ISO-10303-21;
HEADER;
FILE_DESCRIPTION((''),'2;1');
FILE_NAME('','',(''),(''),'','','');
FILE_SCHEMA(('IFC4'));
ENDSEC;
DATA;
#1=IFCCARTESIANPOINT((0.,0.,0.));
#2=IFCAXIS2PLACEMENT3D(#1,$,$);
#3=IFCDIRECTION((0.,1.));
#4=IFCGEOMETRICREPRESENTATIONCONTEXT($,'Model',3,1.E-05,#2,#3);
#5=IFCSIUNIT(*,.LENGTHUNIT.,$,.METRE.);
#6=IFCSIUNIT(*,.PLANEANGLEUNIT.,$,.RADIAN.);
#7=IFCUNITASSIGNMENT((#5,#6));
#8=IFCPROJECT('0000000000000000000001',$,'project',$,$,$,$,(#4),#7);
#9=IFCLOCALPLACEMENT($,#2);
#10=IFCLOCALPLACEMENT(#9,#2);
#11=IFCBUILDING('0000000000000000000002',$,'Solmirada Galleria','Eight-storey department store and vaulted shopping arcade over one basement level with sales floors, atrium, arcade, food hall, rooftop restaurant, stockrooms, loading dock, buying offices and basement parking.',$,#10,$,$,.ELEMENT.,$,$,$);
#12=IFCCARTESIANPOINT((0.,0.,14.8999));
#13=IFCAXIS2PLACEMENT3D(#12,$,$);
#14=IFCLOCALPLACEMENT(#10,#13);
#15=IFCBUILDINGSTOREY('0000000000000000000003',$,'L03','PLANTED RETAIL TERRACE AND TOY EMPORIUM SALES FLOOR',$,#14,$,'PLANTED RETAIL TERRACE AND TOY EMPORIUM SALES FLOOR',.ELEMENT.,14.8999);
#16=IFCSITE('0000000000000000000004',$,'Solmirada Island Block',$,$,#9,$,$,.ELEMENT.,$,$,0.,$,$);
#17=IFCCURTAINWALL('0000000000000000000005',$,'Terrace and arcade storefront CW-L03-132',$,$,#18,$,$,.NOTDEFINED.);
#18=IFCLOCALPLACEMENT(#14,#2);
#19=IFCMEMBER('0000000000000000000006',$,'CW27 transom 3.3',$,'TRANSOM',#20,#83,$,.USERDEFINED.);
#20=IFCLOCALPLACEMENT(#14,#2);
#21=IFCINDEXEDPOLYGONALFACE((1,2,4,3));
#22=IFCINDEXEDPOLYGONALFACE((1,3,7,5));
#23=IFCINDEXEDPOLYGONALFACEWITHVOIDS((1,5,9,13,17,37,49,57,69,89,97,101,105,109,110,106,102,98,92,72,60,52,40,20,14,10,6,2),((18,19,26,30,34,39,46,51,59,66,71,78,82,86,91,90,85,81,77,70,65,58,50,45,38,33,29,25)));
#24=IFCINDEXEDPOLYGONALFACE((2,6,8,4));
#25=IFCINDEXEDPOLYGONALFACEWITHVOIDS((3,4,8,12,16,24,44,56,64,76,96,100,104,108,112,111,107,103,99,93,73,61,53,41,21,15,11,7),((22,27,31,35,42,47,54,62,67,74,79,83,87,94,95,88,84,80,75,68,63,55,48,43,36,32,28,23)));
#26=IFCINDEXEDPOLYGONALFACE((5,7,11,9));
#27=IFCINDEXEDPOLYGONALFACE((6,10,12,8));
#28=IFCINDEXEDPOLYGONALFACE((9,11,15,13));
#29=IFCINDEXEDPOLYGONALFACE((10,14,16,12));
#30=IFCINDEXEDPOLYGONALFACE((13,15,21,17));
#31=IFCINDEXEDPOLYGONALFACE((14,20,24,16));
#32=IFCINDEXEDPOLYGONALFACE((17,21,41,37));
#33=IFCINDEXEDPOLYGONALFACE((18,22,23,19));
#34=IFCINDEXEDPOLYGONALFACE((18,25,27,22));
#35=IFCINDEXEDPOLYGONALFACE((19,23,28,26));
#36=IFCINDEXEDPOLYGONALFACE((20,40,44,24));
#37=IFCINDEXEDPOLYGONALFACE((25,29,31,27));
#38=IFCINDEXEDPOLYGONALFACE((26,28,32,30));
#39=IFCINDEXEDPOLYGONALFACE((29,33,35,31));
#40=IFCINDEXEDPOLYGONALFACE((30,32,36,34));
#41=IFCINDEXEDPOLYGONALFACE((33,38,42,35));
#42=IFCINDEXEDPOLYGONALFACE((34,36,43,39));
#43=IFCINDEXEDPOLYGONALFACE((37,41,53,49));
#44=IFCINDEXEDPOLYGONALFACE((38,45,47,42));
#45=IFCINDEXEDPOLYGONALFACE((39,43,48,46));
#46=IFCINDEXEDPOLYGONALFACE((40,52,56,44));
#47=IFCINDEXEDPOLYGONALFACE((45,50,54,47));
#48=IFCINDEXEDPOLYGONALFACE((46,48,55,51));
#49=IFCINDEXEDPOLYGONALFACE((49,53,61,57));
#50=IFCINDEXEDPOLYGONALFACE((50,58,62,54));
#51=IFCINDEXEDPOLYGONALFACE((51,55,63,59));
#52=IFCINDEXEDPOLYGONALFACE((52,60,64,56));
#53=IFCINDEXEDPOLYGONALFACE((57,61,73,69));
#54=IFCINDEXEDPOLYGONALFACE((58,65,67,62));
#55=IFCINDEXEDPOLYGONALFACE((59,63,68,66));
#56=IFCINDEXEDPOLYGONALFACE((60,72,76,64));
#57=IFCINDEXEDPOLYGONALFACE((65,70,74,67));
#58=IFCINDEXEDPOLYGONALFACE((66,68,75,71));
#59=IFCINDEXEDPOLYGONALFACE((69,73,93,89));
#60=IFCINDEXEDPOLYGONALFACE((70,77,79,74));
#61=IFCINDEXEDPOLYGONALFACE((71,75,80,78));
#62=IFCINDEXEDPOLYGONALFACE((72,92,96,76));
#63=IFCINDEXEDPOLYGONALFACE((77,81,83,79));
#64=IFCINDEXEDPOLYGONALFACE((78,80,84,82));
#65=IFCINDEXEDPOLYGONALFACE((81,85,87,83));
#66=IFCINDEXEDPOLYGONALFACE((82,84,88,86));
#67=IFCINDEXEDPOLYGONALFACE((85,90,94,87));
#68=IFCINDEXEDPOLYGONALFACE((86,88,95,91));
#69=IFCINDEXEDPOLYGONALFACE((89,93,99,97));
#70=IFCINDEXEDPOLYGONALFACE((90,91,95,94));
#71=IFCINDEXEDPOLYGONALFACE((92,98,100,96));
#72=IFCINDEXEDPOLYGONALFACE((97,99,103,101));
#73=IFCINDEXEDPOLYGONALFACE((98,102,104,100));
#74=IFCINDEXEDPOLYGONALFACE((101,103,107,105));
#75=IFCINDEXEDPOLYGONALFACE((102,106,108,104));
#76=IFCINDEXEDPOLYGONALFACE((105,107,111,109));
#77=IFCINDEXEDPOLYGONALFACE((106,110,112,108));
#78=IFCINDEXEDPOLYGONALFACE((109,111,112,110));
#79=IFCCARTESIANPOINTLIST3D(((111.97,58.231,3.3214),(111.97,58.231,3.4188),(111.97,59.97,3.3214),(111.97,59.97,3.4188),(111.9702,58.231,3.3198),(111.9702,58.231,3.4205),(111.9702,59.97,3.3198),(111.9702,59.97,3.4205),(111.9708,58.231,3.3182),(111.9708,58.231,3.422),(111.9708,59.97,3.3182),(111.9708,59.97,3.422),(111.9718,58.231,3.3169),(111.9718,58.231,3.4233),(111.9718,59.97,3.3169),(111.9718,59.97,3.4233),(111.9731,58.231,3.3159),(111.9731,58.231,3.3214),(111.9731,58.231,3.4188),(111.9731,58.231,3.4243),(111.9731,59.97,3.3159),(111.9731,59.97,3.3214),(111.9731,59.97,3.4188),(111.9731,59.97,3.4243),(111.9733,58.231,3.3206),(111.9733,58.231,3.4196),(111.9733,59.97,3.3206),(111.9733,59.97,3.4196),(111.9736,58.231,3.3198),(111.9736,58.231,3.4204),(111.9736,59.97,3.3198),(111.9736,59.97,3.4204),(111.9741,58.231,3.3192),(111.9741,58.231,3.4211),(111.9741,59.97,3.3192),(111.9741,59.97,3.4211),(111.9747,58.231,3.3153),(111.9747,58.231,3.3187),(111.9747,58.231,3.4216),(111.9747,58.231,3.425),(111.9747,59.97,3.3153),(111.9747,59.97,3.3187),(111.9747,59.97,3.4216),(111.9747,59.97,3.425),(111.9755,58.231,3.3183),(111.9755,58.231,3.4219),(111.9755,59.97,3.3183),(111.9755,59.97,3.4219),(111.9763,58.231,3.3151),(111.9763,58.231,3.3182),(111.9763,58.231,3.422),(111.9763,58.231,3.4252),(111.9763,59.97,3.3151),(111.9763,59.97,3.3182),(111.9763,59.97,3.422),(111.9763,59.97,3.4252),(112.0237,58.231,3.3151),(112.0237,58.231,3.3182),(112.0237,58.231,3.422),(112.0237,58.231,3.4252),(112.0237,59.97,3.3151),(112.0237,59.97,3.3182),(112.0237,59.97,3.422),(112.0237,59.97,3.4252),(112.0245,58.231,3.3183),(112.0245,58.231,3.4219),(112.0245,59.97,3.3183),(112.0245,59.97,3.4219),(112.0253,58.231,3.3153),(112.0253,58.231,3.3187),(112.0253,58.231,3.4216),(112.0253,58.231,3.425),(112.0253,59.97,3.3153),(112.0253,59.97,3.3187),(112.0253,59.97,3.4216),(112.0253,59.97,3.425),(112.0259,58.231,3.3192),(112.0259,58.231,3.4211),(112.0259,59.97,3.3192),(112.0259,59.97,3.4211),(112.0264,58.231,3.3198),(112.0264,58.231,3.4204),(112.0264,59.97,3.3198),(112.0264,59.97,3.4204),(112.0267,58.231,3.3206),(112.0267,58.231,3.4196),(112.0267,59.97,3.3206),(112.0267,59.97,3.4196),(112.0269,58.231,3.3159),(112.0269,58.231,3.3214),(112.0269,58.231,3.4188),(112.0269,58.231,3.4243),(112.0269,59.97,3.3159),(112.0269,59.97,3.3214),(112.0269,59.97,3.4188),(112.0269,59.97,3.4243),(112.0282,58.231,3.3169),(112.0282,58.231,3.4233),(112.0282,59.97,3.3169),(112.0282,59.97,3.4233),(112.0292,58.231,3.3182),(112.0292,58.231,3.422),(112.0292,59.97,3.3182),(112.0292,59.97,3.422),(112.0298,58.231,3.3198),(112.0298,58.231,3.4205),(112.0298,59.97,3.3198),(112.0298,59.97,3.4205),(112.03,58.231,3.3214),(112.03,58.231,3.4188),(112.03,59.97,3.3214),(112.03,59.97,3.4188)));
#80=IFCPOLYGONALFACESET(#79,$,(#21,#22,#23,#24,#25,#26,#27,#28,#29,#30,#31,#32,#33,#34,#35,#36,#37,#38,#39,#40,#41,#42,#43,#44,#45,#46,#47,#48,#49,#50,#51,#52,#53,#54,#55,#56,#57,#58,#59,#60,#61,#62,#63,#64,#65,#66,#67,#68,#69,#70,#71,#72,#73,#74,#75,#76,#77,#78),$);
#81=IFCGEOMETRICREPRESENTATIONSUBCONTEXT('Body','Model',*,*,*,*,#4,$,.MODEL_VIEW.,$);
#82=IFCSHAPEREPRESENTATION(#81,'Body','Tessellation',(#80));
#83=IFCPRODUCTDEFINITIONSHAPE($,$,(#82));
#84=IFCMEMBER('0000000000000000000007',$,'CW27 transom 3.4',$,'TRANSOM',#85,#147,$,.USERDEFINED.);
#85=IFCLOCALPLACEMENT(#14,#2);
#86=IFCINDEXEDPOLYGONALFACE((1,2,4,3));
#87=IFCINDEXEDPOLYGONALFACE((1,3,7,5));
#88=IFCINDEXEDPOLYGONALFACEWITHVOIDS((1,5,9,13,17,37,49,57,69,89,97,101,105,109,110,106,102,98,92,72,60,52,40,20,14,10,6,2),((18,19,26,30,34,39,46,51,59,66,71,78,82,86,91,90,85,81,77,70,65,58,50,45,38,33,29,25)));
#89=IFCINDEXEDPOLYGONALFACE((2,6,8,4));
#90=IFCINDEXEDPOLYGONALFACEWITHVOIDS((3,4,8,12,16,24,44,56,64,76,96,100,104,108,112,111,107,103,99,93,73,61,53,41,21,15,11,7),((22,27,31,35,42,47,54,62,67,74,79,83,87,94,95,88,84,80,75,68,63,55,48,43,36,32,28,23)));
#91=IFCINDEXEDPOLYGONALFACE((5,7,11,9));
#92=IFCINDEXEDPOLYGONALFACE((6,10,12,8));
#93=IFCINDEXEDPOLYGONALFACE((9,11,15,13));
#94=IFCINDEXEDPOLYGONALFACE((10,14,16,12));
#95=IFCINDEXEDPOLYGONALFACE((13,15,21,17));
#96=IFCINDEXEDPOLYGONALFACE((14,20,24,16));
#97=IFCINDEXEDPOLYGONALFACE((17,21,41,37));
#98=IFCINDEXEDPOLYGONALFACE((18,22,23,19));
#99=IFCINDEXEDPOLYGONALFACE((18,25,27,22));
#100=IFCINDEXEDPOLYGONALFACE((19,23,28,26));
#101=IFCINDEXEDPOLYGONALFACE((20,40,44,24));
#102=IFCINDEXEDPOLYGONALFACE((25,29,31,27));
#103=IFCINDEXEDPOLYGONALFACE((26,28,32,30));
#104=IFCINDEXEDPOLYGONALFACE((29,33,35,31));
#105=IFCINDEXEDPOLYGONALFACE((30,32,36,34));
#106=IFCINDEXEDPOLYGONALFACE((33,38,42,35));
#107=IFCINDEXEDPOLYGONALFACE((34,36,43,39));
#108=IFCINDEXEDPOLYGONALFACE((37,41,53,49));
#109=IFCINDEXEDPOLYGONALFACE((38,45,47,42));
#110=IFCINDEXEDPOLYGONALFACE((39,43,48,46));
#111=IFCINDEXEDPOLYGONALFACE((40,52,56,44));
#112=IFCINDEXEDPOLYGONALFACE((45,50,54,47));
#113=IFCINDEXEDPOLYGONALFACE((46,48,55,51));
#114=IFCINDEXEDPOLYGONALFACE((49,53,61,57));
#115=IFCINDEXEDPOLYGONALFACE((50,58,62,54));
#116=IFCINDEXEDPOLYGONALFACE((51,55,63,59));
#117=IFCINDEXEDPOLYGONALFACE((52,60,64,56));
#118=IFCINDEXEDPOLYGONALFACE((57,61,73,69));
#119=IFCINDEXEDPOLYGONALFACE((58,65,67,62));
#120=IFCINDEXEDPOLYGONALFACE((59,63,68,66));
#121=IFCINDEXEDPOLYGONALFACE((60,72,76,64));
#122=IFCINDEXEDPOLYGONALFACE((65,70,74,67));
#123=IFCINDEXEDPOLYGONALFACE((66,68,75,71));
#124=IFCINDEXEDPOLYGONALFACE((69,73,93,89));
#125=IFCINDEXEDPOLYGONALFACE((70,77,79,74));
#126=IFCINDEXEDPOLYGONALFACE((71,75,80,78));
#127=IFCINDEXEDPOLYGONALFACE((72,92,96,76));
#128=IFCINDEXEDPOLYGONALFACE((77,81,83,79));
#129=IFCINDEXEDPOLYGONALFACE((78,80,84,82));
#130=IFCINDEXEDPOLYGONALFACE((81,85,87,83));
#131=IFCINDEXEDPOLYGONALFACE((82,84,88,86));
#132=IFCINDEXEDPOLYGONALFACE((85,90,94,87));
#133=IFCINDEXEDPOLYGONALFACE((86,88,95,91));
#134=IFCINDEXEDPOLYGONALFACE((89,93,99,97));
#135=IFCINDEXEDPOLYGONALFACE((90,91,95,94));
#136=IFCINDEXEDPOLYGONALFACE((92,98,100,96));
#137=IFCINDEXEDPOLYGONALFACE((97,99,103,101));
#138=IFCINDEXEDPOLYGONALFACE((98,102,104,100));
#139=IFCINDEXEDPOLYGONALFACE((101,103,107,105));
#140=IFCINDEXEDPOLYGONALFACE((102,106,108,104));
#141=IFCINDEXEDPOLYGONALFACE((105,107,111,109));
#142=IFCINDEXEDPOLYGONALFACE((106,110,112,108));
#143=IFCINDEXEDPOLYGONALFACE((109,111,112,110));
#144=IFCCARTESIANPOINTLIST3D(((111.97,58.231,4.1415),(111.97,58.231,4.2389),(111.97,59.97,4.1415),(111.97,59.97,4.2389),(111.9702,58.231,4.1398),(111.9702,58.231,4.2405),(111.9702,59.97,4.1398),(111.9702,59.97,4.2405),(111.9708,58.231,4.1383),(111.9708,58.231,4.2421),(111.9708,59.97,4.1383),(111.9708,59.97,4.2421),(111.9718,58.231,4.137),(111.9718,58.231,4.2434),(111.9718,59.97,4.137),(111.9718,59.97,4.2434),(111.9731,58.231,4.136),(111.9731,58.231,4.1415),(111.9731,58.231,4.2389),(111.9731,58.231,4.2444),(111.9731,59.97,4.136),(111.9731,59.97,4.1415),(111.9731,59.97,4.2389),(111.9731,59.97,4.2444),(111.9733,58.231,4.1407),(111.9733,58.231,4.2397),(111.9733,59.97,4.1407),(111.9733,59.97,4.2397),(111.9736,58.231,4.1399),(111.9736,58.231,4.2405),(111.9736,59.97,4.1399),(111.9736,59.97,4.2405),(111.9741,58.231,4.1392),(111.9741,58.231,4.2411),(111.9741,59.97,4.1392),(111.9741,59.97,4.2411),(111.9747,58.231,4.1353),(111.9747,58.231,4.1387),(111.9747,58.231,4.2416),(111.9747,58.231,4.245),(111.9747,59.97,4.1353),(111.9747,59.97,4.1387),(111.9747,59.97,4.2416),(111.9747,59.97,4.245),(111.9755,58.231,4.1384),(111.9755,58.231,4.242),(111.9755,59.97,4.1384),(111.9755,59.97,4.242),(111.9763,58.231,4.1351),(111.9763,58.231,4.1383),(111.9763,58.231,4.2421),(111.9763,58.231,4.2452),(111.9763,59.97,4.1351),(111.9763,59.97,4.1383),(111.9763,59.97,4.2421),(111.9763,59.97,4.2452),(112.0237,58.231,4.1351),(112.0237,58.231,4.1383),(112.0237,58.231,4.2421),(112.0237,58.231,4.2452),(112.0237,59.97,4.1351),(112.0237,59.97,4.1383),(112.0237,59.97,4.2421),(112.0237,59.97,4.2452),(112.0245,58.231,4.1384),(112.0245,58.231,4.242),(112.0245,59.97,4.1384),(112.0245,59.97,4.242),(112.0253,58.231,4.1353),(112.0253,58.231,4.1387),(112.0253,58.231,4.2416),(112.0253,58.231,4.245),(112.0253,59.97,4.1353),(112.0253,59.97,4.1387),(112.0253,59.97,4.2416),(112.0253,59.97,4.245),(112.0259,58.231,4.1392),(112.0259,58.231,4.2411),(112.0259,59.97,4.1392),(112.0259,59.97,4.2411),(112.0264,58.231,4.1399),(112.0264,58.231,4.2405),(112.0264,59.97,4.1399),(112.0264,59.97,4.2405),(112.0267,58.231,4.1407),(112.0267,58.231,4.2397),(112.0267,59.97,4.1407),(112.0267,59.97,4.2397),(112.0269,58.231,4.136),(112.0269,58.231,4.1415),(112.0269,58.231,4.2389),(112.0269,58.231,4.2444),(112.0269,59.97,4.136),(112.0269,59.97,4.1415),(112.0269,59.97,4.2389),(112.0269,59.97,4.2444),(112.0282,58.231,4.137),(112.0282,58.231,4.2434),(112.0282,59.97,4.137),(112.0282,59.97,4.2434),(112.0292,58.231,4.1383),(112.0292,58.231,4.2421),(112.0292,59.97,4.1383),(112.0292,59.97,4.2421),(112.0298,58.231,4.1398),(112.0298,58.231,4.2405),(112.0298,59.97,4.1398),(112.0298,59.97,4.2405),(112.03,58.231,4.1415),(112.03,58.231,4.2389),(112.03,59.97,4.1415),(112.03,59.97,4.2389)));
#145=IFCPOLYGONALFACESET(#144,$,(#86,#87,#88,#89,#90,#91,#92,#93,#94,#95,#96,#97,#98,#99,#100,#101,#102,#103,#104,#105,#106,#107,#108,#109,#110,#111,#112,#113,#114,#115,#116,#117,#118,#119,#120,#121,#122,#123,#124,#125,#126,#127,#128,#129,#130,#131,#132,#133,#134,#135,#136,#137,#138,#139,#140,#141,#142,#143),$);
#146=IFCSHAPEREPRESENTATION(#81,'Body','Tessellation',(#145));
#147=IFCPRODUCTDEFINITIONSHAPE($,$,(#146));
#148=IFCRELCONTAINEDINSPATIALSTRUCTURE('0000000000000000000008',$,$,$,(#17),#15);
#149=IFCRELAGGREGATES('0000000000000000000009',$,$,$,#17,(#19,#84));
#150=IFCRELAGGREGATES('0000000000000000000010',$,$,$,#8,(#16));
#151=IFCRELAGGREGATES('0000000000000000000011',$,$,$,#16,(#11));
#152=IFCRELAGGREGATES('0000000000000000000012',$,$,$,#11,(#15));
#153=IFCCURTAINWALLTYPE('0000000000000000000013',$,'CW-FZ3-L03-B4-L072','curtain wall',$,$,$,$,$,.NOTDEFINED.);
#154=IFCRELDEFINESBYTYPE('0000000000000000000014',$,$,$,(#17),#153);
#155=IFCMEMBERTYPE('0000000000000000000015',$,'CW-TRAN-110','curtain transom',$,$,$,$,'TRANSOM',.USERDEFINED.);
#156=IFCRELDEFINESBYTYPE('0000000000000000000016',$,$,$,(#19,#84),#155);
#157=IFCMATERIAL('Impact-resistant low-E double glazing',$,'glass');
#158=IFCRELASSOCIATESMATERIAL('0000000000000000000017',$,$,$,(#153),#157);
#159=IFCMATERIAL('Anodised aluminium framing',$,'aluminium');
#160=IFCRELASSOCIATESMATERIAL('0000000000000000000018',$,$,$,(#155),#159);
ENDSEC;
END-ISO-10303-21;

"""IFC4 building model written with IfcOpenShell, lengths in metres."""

from ifc_helpers import new_model, si_unit, direction, frame, origin, origin_2d, place, context, subcontext, project, spatial, hollow_rectangle, extrude, material, material_profile, profile_set, type_object, element, aggregate, save


model = new_model("IFC4")

# Units and contexts
model_context = context("Model", 3, precision=1e-05, world=origin(), true_north=direction((0.0, 1.0)))
body_context = subcontext(model_context, "Body", "Model", "MODEL_VIEW")
ifc_project = project(units=[si_unit("LENGTHUNIT", "METRE"), si_unit("PLANEANGLEUNIT", "RADIAN")], contexts=[model_context])

# Site, building, storey
site_placement = place(None, origin())
site = spatial("IfcSite", under=ifc_project, at=site_placement, Name="Solmirada Island Block", CompositionType="ELEMENT", RefElevation=0.0)
building_placement = place(site_placement, origin())
building = spatial("IfcBuilding", under=site, at=building_placement, Name="Solmirada Galleria", Description="Eight-storey department store and vaulted shopping arcade over one basement level with sales floors, atrium, arcade, food hall, rooftop restaurant, stockrooms, loading dock, buying offices and basement parking.", CompositionType="ELEMENT")
storey_placement = place(building_placement, frame((0.0, 0.0, 14.8999)))
storey = spatial("IfcBuildingStorey", under=building, at=storey_placement, Name="L03", Description="PLANTED RETAIL TERRACE AND TOY EMPORIUM SALES FLOOR", LongName="PLANTED RETAIL TERRACE AND TOY EMPORIUM SALES FLOOR", CompositionType="ELEMENT", Elevation=14.8999)

# Curtain wall, members
ifc_material_1 = material(Name="Impact-resistant low-E double glazing", Category="glass")
curtain_wall_type = type_object("IfcCurtainWallType", Name="CW-FZ3-L03-B4-L072", Description="curtain wall", PredefinedType="NOTDEFINED", material=ifc_material_1)
curtain_wall_placement = place(storey_placement, origin())
curtain_wall = element("IfcCurtainWall", 1, at=curtain_wall_placement, inside=storey, type_object=curtain_wall_type, Name="Terrace and arcade storefront CW-L03-132", PredefinedType="NOTDEFINED")
ifc_material_2 = material(Name="Anodised aluminium framing", Category="aluminium")
ifc_material_profile_1 = material_profile(ifc_material_2, hollow_rectangle(XDim=0.0601, YDim=0.1101, WallThickness=0.0032, InnerFilletRadius=0.0032, OuterFilletRadius=0.0063, at=origin_2d()), Name="ALU-TRAN-110X60")
ifc_profile_set_1 = profile_set([ifc_material_profile_1], Name="Anodised aluminium framing")
member_type_1 = type_object("IfcMemberType", Name="CW-TRAN-110", Description="curtain transom", ElementType="TRANSOM", PredefinedType="USERDEFINED", material=ifc_profile_set_1)
member_1_placement = place(storey_placement, frame((112.0, 59.97, 3.3701), z_axis=(0.0, -1.0, 0.0), x_axis=(1.0, 0.0, 0.0)))
member_1 = element("IfcMember", 2, at=member_1_placement, type_object=member_type_1, Name="CW27 transom 3.3", ObjectType="TRANSOM", PredefinedType="USERDEFINED", context=body_context, shape_type="SweptSolid", body=[
    extrude(hollow_rectangle(XDim=0.0601, YDim=0.1101, WallThickness=0.0032, InnerFilletRadius=0.0032, OuterFilletRadius=0.0063, at=origin_2d()), origin(), (0.0, 0.0, 1.0), 1.739),
])
member_2_placement = place(storey_placement, frame((112.0, 59.97, 4.1902), z_axis=(0.0, -1.0, 0.0), x_axis=(1.0, 0.0, 0.0)))
member_2 = element("IfcMember", 3, at=member_2_placement, type_object=member_type_1, Name="CW27 transom 3.4", ObjectType="TRANSOM", PredefinedType="USERDEFINED", context=body_context, shape_type="SweptSolid", body=[
    extrude(hollow_rectangle(XDim=0.0601, YDim=0.1101, WallThickness=0.0032, InnerFilletRadius=0.0032, OuterFilletRadius=0.0063, at=origin_2d()), origin(), (0.0, 0.0, 1.0), 1.739),
])
aggregate(curtain_wall, [member_1, member_2])

save(model, "model.ifc")
